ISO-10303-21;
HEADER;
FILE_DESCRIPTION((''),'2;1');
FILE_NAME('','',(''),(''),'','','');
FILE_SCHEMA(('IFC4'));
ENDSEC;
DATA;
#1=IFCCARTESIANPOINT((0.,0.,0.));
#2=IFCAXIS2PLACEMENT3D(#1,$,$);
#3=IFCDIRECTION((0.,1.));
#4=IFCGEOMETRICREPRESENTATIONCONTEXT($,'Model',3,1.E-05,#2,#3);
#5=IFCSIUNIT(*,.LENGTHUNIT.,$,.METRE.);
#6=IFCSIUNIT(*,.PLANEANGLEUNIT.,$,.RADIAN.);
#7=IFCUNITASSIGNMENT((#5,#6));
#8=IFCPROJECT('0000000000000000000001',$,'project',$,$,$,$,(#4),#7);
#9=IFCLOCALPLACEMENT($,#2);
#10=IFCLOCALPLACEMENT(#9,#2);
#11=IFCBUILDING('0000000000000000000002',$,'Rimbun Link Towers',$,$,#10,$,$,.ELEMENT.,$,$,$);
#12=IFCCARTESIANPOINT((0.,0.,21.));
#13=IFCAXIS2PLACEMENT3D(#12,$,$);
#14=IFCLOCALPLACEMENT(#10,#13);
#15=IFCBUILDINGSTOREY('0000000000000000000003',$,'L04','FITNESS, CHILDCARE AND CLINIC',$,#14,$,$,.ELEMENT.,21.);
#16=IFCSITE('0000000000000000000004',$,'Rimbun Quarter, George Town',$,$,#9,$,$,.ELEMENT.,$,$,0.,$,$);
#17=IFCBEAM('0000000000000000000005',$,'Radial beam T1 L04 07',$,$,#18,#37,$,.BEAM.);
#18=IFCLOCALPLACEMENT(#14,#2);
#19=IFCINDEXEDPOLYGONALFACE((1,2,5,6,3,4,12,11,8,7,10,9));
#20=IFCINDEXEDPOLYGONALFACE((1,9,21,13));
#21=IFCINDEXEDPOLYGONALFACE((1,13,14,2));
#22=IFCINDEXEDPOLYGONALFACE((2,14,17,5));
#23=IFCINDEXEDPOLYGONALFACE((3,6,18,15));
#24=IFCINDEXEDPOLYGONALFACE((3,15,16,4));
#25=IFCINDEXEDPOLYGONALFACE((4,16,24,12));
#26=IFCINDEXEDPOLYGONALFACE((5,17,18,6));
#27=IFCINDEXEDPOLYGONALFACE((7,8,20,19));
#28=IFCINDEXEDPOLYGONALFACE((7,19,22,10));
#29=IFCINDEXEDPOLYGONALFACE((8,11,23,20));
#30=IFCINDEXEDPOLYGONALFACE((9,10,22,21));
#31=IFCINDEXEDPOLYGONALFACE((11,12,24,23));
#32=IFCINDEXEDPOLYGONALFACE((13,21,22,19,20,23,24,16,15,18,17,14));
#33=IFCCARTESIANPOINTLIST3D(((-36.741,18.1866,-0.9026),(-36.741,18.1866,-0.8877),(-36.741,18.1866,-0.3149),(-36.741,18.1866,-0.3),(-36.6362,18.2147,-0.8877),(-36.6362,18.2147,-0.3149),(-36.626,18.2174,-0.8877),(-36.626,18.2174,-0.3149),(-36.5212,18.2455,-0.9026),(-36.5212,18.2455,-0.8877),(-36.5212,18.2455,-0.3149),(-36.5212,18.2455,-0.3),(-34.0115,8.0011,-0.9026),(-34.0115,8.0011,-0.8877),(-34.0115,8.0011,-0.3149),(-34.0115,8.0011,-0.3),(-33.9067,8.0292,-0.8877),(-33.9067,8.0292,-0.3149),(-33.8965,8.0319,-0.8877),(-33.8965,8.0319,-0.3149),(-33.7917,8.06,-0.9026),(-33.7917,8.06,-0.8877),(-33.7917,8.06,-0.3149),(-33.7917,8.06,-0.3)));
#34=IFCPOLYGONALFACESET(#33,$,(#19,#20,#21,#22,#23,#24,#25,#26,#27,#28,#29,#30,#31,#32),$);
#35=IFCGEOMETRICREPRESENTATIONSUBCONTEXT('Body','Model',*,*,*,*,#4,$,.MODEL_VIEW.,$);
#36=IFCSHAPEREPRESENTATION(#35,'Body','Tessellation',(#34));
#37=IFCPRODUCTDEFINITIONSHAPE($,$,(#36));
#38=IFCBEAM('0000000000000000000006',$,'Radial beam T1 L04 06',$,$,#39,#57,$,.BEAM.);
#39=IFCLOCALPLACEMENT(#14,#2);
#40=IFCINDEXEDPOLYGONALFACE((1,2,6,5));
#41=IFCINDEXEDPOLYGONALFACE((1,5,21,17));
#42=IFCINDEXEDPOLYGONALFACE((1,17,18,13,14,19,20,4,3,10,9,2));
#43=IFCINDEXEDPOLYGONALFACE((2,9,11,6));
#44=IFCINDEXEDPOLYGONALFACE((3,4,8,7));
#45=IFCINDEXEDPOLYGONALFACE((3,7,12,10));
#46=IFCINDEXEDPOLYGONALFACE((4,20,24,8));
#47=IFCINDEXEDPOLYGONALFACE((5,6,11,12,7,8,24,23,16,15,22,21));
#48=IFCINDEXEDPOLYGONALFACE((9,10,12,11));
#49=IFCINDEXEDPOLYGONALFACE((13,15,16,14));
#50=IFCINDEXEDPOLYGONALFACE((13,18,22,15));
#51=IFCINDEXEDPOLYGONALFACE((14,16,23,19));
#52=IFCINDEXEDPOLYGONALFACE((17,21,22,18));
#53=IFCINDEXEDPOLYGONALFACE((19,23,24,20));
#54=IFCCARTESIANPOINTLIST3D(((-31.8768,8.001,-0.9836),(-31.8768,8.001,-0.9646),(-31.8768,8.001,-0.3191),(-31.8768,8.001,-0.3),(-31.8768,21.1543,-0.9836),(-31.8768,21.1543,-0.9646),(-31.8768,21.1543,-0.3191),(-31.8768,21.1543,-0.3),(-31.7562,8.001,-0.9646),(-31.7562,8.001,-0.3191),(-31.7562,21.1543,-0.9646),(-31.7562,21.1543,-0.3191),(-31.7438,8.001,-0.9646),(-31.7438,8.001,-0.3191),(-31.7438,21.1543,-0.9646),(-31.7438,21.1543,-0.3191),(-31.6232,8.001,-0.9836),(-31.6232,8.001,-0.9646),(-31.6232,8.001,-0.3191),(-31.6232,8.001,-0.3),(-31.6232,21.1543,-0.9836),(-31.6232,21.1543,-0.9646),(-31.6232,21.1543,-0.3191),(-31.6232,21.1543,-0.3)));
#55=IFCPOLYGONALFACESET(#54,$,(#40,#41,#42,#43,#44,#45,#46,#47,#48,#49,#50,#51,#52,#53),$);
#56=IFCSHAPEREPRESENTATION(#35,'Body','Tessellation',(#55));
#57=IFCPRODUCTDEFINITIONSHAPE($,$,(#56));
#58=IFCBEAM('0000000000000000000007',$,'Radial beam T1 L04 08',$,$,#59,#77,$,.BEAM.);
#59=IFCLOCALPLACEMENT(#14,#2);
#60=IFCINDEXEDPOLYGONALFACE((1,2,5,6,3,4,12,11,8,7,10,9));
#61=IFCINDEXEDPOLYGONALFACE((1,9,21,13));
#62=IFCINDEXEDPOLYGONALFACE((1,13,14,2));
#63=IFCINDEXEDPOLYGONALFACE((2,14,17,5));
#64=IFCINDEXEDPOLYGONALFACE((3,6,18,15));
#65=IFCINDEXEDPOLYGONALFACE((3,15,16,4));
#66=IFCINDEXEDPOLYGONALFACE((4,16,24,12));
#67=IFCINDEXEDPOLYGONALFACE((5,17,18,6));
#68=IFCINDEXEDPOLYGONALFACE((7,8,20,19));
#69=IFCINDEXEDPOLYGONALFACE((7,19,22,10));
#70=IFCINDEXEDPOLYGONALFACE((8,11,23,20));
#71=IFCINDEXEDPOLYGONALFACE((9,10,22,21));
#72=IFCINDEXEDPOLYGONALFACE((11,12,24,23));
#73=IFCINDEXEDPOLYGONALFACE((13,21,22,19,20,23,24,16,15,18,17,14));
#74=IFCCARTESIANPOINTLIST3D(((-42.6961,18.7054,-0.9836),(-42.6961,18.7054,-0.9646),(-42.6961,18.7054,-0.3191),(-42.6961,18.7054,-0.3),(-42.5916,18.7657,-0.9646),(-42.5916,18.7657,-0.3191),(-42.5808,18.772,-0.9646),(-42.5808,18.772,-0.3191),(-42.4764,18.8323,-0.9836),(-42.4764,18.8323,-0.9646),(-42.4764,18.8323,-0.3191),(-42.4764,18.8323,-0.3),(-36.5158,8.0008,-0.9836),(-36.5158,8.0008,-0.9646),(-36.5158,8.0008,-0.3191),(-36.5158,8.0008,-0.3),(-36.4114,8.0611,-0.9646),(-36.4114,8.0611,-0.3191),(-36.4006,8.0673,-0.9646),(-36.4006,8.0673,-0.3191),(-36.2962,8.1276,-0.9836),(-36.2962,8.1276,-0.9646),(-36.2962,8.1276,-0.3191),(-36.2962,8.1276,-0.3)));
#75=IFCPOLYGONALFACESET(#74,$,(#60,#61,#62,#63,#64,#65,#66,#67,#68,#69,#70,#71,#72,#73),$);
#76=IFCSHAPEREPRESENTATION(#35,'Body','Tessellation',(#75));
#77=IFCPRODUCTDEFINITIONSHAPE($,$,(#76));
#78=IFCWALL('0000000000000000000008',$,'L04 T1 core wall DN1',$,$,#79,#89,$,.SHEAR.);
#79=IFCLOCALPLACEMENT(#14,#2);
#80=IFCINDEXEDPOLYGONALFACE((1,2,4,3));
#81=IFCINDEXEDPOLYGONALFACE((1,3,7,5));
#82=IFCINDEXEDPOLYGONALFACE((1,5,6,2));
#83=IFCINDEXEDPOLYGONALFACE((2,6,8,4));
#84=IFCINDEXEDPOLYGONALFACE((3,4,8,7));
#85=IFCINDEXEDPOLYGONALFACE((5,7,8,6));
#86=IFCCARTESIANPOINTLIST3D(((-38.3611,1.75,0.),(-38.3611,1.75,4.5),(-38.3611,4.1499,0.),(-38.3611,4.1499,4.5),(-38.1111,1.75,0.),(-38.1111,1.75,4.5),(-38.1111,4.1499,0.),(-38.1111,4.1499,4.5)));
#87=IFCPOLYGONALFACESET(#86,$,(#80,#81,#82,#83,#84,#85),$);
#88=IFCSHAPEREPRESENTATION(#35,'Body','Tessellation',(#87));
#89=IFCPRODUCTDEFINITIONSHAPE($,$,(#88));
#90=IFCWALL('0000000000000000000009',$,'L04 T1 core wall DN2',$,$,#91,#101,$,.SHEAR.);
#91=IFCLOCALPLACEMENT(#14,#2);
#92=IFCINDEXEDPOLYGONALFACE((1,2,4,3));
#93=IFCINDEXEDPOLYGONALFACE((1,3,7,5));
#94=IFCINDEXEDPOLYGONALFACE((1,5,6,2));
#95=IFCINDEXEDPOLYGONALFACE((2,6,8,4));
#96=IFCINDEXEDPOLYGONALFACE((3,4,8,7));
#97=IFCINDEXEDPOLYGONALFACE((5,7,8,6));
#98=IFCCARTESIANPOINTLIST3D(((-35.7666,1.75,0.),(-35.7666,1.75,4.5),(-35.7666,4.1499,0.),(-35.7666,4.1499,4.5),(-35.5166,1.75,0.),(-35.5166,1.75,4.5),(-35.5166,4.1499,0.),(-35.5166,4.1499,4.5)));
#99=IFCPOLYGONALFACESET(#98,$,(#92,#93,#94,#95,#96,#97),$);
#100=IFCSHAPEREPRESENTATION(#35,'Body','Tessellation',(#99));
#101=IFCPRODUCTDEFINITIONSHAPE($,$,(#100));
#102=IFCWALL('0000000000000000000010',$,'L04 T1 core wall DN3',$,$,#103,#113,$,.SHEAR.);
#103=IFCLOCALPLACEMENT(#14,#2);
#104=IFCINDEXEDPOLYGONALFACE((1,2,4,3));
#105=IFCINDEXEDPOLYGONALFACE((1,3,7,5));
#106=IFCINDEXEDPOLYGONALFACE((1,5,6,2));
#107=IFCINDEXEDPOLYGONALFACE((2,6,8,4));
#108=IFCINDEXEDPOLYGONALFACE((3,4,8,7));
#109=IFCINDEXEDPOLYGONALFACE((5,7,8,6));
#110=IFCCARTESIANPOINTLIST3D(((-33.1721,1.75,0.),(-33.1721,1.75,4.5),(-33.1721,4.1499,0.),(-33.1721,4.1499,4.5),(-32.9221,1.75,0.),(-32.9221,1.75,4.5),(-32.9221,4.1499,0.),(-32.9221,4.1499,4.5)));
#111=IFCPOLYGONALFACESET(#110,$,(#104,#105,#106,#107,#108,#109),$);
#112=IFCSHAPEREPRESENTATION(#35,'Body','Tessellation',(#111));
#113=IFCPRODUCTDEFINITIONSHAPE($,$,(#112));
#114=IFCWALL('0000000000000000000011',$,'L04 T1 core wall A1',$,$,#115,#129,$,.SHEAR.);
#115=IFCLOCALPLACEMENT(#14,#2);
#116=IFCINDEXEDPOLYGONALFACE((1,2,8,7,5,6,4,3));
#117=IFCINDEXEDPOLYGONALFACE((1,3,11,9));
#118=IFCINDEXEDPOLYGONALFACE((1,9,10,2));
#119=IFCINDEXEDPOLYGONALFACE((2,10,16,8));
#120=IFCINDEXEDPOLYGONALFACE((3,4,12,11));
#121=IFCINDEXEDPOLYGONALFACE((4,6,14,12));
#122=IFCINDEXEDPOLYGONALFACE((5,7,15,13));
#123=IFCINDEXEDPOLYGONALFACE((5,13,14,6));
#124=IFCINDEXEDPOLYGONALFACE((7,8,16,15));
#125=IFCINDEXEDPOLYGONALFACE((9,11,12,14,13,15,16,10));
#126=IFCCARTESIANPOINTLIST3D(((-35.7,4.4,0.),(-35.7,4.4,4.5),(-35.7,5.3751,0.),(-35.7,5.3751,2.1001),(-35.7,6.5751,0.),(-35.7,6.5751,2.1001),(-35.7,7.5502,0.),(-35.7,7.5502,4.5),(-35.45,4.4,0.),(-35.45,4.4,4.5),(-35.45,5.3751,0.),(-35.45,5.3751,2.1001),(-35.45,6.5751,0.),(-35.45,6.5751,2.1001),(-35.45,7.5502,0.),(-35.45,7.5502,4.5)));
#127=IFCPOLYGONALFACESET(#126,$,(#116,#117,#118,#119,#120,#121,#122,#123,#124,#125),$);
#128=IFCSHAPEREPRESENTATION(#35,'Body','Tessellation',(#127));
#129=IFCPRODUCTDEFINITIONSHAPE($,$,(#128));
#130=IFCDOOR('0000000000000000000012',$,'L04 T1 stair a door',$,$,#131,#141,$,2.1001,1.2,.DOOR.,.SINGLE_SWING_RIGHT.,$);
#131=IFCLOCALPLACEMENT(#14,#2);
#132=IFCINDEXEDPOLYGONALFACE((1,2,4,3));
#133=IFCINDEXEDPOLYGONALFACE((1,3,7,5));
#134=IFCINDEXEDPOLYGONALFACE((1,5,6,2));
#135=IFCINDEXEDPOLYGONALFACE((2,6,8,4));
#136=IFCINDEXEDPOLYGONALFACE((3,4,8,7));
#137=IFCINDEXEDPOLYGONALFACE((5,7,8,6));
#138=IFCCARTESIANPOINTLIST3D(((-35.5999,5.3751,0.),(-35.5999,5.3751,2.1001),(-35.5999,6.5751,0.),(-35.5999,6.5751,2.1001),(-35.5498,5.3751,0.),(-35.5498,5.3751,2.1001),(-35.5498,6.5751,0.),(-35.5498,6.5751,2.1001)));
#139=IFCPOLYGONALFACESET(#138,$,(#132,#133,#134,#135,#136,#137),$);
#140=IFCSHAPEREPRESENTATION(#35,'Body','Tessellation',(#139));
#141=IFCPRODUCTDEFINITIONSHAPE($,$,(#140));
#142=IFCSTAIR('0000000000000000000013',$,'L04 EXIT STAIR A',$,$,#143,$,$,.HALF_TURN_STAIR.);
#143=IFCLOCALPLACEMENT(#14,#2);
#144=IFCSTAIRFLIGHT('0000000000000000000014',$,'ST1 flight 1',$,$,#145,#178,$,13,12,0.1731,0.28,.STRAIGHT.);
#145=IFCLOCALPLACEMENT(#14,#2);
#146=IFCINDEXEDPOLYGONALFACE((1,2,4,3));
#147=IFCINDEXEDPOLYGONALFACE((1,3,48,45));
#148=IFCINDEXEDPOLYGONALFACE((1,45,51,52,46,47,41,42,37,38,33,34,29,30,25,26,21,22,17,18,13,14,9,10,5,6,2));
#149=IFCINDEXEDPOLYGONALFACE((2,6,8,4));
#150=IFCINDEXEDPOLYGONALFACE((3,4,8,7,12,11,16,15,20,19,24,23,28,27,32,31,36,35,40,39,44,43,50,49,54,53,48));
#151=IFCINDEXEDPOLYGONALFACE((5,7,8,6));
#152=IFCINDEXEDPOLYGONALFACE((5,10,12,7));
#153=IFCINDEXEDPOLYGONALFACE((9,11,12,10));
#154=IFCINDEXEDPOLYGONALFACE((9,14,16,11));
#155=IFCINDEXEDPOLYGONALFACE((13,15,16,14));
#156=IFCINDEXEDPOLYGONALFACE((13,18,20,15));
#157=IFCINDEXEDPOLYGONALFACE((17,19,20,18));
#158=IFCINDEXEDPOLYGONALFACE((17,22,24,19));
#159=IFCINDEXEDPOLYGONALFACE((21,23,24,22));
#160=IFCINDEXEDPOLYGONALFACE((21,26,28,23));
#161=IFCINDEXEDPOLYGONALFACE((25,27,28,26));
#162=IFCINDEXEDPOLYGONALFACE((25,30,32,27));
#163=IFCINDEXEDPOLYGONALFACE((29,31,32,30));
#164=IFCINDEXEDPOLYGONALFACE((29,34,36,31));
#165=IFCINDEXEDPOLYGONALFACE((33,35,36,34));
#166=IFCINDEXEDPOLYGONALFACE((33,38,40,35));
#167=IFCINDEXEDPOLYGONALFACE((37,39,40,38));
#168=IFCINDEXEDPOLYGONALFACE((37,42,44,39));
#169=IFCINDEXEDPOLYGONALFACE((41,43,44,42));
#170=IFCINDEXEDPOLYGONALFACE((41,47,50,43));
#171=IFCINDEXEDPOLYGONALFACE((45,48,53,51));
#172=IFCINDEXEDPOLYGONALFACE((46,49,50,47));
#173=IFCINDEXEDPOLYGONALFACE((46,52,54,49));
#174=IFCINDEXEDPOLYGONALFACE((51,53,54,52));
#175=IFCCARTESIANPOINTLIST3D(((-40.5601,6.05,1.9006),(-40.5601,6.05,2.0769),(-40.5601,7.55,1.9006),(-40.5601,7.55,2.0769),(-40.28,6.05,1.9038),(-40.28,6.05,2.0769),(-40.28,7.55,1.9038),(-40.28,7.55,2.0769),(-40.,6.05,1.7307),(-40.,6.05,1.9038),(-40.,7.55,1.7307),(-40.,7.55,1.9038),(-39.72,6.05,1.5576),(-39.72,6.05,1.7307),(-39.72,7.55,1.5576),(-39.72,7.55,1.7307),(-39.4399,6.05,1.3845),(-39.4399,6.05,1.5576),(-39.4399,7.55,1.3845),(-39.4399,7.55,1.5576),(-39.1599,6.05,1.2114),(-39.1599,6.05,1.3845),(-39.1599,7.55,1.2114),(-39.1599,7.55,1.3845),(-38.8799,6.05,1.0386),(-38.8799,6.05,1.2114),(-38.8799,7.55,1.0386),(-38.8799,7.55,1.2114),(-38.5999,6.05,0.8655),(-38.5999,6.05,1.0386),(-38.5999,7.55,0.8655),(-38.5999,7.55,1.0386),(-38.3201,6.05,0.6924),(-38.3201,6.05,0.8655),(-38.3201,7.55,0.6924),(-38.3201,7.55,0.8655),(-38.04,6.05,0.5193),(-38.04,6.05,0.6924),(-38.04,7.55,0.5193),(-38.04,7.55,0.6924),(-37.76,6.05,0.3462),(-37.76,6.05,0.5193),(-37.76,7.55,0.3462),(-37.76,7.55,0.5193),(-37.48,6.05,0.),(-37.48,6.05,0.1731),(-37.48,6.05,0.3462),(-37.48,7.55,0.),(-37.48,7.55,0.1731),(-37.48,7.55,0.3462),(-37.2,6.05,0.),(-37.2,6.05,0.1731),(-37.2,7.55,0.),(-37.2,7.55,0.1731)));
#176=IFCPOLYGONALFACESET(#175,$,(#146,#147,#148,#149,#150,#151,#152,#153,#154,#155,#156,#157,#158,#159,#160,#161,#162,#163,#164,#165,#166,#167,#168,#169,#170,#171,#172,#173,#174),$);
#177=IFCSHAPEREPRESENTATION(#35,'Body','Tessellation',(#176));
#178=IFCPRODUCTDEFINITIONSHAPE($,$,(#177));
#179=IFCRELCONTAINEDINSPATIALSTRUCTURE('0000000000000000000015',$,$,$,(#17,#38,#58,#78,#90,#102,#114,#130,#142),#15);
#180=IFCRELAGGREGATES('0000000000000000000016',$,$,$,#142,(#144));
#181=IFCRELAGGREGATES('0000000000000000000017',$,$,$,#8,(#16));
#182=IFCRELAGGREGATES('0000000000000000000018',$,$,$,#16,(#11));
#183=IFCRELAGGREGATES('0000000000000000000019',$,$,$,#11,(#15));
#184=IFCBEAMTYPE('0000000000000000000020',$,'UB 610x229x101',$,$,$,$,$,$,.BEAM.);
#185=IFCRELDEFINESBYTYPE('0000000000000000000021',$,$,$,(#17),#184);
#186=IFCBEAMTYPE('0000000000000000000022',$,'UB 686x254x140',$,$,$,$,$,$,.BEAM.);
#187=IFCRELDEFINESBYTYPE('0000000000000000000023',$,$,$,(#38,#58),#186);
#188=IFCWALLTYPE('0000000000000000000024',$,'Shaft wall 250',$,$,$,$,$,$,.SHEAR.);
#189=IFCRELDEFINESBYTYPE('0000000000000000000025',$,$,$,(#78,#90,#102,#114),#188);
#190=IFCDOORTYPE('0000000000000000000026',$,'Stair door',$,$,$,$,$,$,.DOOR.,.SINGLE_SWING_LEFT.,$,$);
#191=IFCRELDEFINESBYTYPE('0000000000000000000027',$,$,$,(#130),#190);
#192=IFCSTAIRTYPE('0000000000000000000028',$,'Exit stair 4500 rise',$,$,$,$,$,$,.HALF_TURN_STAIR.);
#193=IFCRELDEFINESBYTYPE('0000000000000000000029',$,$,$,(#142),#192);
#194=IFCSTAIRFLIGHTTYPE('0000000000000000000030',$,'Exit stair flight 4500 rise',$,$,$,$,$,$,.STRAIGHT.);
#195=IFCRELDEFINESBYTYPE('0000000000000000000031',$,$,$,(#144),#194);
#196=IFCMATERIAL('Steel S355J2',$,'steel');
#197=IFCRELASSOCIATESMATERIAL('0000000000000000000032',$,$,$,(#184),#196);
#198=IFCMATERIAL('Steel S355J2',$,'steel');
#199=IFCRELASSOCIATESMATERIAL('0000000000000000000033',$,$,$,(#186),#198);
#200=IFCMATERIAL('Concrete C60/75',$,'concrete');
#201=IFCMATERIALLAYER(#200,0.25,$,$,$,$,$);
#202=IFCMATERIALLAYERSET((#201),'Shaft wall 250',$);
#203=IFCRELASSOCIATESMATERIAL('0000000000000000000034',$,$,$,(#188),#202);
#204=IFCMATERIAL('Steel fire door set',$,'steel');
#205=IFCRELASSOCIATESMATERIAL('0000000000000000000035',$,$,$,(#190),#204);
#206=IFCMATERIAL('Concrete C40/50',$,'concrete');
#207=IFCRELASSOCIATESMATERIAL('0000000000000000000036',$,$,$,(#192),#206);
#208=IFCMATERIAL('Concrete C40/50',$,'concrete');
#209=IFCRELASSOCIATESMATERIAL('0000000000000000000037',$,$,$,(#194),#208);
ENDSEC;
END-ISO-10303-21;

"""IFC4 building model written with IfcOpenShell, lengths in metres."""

from ifc_helpers import new_model, si_unit, direction, frame, frame_2d, origin, origin_2d, place, context, subcontext, project, spatial, polyline, rectangle, i_section, outline, extrude, material, layer, layer_set, material_profile, profile_set, type_object, element, fill, aggregate, save


model = new_model("IFC4")

# Units and contexts
model_context = context("Model", 3, precision=1e-05, world=origin(), true_north=direction((0.0, 1.0)))
body_context = subcontext(model_context, "Body", "Model", "MODEL_VIEW")
ifc_project = project(units=[si_unit("LENGTHUNIT", "METRE"), si_unit("PLANEANGLEUNIT", "RADIAN")], contexts=[model_context])

# Site, building, storey
site_placement = place(None, origin())
site = spatial("IfcSite", under=ifc_project, at=site_placement, Name="Rimbun Quarter, George Town", CompositionType="ELEMENT", RefElevation=0.0)
building_placement = place(site_placement, origin())
building = spatial("IfcBuilding", under=site, at=building_placement, Name="Rimbun Link Towers", CompositionType="ELEMENT")
storey_placement = place(building_placement, frame((0.0, 0.0, 21.0)))
storey = spatial("IfcBuildingStorey", under=building, at=storey_placement, Name="L04", Description="FITNESS, CHILDCARE AND CLINIC", CompositionType="ELEMENT", Elevation=21.0)

# Beams
ifc_material_1 = material(Name="Steel S355J2", Category="steel")
ifc_material_profile_1 = material_profile(ifc_material_1, i_section(OverallWidth=0.2275, OverallDepth=0.6025, WebThickness=0.0105, FlangeThickness=0.0149, at=origin_2d()), Name="UB 610x229x101")
ifc_profile_set_1 = profile_set([ifc_material_profile_1], Name="Steel S355J2")
beam_type_1 = type_object("IfcBeamType", Name="UB 610x229x101", PredefinedType="BEAM", material=ifc_profile_set_1)
beam_1_placement = place(storey_placement, frame((-33.9016, 8.0305, -0.6013), z_axis=(-0.258844, 0.965919, 0.0), x_axis=(-0.965919, -0.258844, 0.0)))
element("IfcBeam", 1, at=beam_1_placement, inside=storey, type_object=beam_type_1, Name="Radial beam T1 L04 07", PredefinedType="BEAM", context=body_context, shape_type="SweptSolid", body=[
    extrude(i_section(OverallWidth=0.2275, OverallDepth=0.6025, WebThickness=0.0105, FlangeThickness=0.0149, at=origin_2d()), origin(), (0.0, 0.0, 1.0), 10.5449),
])
ifc_material_2 = material(Name="Steel S355J2", Category="steel")
ifc_material_profile_2 = material_profile(ifc_material_2, i_section(OverallWidth=0.2537, OverallDepth=0.6836, WebThickness=0.0125, FlangeThickness=0.019, at=origin_2d()), Name="UB 686x254x140")
ifc_profile_set_2 = profile_set([ifc_material_profile_2], Name="Steel S355J2")
beam_type_2 = type_object("IfcBeamType", Name="UB 686x254x140", PredefinedType="BEAM", material=ifc_profile_set_2)
beam_2_placement = place(storey_placement, frame((-31.75, 8.001, -0.6418), z_axis=(0.0, 1.0, 0.0), x_axis=(-1.0, 0.0, 0.0)))
element("IfcBeam", 2, at=beam_2_placement, inside=storey, type_object=beam_type_2, Name="Radial beam T1 L04 06", PredefinedType="BEAM", context=body_context, shape_type="SweptSolid", body=[
    extrude(i_section(OverallWidth=0.2537, OverallDepth=0.6836, WebThickness=0.0125, FlangeThickness=0.019, at=origin_2d()), origin(), (0.0, 0.0, 1.0), 13.1533),
])
beam_3_placement = place(storey_placement, frame((-36.406, 8.0642, -0.6418), z_axis=(-0.499993, 0.86603, 0.0), x_axis=(-0.86603, -0.499993, 0.0)))
element("IfcBeam", 3, at=beam_3_placement, inside=storey, type_object=beam_type_2, Name="Radial beam T1 L04 08", PredefinedType="BEAM", context=body_context, shape_type="SweptSolid", body=[
    extrude(i_section(OverallWidth=0.2537, OverallDepth=0.6836, WebThickness=0.0125, FlangeThickness=0.019, at=origin_2d()), origin(), (0.0, 0.0, 1.0), 12.3606),
])

# Walls
ifc_material_3 = material(Name="Concrete C60/75", Category="concrete")
ifc_layer = layer(ifc_material_3, 0.25)
ifc_layer_set = layer_set([ifc_layer], Name="Shaft wall 250")
wall_type = type_object("IfcWallType", Name="Shaft wall 250", PredefinedType="SHEAR", material=ifc_layer_set)
for number, where, z_axis, x_axis, name in (
    (4, (-38.2361, 1.75, 0.0), (0.0, 0.0, 1.0), (0.0, 1.0, 0.0), "L04 T1 core wall DN1"),
    (5, (-35.6416, 1.75, 0.0), (0.0, 0.0, 1.0), (0.0, 1.0, 0.0), "L04 T1 core wall DN2"),
    (6, (-33.0471, 1.75, 0.0), (0.0, 0.0, 1.0), (0.0, 1.0, 0.0), "L04 T1 core wall DN3"),
):
    element("IfcWall", number, at=place(storey_placement, frame(where, z_axis=z_axis, x_axis=x_axis)), inside=storey, type_object=wall_type, Name=name, PredefinedType="SHEAR", context=body_context, shape_type="SweptSolid", body=[
        extrude(rectangle(XDim=2.3999, YDim=0.25, at=frame_2d((1.2, 0.0))), origin(), (0.0, 0.0, 1.0), 4.5),
    ])

# Wall, opening, door
wall_placement = place(storey_placement, frame((-35.575, 4.3999, 0.0), z_axis=(0.0, 0.0, 1.0), x_axis=(0.0, 1.0, 0.0)))
wall = element("IfcWall", 7, at=wall_placement, inside=storey, type_object=wall_type, Name="L04 T1 core wall A1", PredefinedType="SHEAR", context=body_context, shape_type="SweptSolid", body=[
    extrude(rectangle(XDim=3.1501, YDim=0.25, at=frame_2d((1.5752, 0.0))), origin(), (0.0, 0.0, 1.0), 4.5),
])
opening_placement = place(wall_placement, frame((0.9751, 0.0, 0.0)))
opening = element("IfcOpeningElement", 8, at=opening_placement, cuts=wall, PredefinedType="OPENING", context=body_context, shape_type="SweptSolid", body=[
    extrude(rectangle(XDim=1.2, YDim=2.1001, at=frame_2d((0.6001, 1.05))), frame((0.0, 0.135, 0.0), z_axis=(0.0, -1.0, 0.0), x_axis=(1.0, 0.0, 0.0)), (0.0, 0.0, 1.0), 0.27),
])
ifc_material_4 = material(Name="Steel fire door set", Category="steel")
door_type = type_object("IfcDoorType", Name="Stair door", OperationType="SINGLE_SWING_LEFT", PredefinedType="DOOR", material=ifc_material_4)
door_placement = place(opening_placement, origin())
door = element("IfcDoor", 9, at=door_placement, inside=storey, type_object=door_type, Name="L04 T1 stair a door", OperationType="SINGLE_SWING_RIGHT", OverallHeight=2.1001, OverallWidth=1.2, PredefinedType="DOOR", context=body_context, shape_type="SweptSolid", body=[
    extrude(rectangle(XDim=1.2, YDim=2.1001, at=frame_2d((0.6001, 1.05))), frame((0.0, 0.0249, 0.0), z_axis=(0.0, -1.0, 0.0), x_axis=(1.0, 0.0, 0.0)), (0.0, 0.0, 1.0), 0.05),
])
fill(opening, door)

# Stair, stair flight
ifc_material_5 = material(Name="Concrete C40/50", Category="concrete")
stair_type = type_object("IfcStairType", Name="Exit stair 4500 rise", PredefinedType="HALF_TURN_STAIR", material=ifc_material_5)
stair_placement = place(storey_placement, origin())
stair = element("IfcStair", 10, at=stair_placement, inside=storey, type_object=stair_type, Name="L04 EXIT STAIR A", PredefinedType="HALF_TURN_STAIR")
ifc_material_6 = material(Name="Concrete C40/50", Category="concrete")
stair_flight_type = type_object("IfcStairFlightType", Name="Exit stair flight 4500 rise", PredefinedType="STRAIGHT", material=ifc_material_6)
stair_flight_placement = place(storey_placement, frame((-37.2, 6.8, 0.0), z_axis=(0.0, 0.0, 1.0), x_axis=(-1.0, 0.0, 0.0)))
stair_flight = element("IfcStairFlight", 11, at=stair_flight_placement, type_object=stair_flight_type, Name="ST1 flight 1", NumberOfRisers=13, NumberOfTreads=12, PredefinedType="STRAIGHT", RiserHeight=0.1731, TreadLength=0.28, context=body_context, shape_type="SweptSolid", body=[
    extrude(outline(polyline([(0.0, 0.0), (0.0, 0.1731), (0.28, 0.1731), (0.28, 0.3462), (0.5601, 0.3462), (0.5601, 0.5193), (0.8401, 0.5193), (0.8401, 0.6924), (1.1201, 0.6924), (1.1201, 0.8655), (1.3999, 0.8655), (1.3999, 1.0386), (1.6799, 1.0386), (1.6799, 1.2114), (1.96, 1.2114), (1.96, 1.3845), (2.24, 1.3845), (2.24, 1.5576), (2.52, 1.5576), (2.52, 1.7307), (2.8, 1.7307), (2.8, 1.9038), (3.0801, 1.9038), (3.0801, 2.0769), (3.3601, 2.0769), (3.3601, 2.25), (3.3601, 1.9006), (0.28, 0.0), (0.0, 0.0)])), frame((0.0, 0.75, 0.0), z_axis=(0.0, -1.0, 0.0), x_axis=(1.0, 0.0, 0.0)), (0.0, 0.0, 1.0), 1.5),
])
aggregate(stair, [stair_flight])

save(model, "model.ifc")
